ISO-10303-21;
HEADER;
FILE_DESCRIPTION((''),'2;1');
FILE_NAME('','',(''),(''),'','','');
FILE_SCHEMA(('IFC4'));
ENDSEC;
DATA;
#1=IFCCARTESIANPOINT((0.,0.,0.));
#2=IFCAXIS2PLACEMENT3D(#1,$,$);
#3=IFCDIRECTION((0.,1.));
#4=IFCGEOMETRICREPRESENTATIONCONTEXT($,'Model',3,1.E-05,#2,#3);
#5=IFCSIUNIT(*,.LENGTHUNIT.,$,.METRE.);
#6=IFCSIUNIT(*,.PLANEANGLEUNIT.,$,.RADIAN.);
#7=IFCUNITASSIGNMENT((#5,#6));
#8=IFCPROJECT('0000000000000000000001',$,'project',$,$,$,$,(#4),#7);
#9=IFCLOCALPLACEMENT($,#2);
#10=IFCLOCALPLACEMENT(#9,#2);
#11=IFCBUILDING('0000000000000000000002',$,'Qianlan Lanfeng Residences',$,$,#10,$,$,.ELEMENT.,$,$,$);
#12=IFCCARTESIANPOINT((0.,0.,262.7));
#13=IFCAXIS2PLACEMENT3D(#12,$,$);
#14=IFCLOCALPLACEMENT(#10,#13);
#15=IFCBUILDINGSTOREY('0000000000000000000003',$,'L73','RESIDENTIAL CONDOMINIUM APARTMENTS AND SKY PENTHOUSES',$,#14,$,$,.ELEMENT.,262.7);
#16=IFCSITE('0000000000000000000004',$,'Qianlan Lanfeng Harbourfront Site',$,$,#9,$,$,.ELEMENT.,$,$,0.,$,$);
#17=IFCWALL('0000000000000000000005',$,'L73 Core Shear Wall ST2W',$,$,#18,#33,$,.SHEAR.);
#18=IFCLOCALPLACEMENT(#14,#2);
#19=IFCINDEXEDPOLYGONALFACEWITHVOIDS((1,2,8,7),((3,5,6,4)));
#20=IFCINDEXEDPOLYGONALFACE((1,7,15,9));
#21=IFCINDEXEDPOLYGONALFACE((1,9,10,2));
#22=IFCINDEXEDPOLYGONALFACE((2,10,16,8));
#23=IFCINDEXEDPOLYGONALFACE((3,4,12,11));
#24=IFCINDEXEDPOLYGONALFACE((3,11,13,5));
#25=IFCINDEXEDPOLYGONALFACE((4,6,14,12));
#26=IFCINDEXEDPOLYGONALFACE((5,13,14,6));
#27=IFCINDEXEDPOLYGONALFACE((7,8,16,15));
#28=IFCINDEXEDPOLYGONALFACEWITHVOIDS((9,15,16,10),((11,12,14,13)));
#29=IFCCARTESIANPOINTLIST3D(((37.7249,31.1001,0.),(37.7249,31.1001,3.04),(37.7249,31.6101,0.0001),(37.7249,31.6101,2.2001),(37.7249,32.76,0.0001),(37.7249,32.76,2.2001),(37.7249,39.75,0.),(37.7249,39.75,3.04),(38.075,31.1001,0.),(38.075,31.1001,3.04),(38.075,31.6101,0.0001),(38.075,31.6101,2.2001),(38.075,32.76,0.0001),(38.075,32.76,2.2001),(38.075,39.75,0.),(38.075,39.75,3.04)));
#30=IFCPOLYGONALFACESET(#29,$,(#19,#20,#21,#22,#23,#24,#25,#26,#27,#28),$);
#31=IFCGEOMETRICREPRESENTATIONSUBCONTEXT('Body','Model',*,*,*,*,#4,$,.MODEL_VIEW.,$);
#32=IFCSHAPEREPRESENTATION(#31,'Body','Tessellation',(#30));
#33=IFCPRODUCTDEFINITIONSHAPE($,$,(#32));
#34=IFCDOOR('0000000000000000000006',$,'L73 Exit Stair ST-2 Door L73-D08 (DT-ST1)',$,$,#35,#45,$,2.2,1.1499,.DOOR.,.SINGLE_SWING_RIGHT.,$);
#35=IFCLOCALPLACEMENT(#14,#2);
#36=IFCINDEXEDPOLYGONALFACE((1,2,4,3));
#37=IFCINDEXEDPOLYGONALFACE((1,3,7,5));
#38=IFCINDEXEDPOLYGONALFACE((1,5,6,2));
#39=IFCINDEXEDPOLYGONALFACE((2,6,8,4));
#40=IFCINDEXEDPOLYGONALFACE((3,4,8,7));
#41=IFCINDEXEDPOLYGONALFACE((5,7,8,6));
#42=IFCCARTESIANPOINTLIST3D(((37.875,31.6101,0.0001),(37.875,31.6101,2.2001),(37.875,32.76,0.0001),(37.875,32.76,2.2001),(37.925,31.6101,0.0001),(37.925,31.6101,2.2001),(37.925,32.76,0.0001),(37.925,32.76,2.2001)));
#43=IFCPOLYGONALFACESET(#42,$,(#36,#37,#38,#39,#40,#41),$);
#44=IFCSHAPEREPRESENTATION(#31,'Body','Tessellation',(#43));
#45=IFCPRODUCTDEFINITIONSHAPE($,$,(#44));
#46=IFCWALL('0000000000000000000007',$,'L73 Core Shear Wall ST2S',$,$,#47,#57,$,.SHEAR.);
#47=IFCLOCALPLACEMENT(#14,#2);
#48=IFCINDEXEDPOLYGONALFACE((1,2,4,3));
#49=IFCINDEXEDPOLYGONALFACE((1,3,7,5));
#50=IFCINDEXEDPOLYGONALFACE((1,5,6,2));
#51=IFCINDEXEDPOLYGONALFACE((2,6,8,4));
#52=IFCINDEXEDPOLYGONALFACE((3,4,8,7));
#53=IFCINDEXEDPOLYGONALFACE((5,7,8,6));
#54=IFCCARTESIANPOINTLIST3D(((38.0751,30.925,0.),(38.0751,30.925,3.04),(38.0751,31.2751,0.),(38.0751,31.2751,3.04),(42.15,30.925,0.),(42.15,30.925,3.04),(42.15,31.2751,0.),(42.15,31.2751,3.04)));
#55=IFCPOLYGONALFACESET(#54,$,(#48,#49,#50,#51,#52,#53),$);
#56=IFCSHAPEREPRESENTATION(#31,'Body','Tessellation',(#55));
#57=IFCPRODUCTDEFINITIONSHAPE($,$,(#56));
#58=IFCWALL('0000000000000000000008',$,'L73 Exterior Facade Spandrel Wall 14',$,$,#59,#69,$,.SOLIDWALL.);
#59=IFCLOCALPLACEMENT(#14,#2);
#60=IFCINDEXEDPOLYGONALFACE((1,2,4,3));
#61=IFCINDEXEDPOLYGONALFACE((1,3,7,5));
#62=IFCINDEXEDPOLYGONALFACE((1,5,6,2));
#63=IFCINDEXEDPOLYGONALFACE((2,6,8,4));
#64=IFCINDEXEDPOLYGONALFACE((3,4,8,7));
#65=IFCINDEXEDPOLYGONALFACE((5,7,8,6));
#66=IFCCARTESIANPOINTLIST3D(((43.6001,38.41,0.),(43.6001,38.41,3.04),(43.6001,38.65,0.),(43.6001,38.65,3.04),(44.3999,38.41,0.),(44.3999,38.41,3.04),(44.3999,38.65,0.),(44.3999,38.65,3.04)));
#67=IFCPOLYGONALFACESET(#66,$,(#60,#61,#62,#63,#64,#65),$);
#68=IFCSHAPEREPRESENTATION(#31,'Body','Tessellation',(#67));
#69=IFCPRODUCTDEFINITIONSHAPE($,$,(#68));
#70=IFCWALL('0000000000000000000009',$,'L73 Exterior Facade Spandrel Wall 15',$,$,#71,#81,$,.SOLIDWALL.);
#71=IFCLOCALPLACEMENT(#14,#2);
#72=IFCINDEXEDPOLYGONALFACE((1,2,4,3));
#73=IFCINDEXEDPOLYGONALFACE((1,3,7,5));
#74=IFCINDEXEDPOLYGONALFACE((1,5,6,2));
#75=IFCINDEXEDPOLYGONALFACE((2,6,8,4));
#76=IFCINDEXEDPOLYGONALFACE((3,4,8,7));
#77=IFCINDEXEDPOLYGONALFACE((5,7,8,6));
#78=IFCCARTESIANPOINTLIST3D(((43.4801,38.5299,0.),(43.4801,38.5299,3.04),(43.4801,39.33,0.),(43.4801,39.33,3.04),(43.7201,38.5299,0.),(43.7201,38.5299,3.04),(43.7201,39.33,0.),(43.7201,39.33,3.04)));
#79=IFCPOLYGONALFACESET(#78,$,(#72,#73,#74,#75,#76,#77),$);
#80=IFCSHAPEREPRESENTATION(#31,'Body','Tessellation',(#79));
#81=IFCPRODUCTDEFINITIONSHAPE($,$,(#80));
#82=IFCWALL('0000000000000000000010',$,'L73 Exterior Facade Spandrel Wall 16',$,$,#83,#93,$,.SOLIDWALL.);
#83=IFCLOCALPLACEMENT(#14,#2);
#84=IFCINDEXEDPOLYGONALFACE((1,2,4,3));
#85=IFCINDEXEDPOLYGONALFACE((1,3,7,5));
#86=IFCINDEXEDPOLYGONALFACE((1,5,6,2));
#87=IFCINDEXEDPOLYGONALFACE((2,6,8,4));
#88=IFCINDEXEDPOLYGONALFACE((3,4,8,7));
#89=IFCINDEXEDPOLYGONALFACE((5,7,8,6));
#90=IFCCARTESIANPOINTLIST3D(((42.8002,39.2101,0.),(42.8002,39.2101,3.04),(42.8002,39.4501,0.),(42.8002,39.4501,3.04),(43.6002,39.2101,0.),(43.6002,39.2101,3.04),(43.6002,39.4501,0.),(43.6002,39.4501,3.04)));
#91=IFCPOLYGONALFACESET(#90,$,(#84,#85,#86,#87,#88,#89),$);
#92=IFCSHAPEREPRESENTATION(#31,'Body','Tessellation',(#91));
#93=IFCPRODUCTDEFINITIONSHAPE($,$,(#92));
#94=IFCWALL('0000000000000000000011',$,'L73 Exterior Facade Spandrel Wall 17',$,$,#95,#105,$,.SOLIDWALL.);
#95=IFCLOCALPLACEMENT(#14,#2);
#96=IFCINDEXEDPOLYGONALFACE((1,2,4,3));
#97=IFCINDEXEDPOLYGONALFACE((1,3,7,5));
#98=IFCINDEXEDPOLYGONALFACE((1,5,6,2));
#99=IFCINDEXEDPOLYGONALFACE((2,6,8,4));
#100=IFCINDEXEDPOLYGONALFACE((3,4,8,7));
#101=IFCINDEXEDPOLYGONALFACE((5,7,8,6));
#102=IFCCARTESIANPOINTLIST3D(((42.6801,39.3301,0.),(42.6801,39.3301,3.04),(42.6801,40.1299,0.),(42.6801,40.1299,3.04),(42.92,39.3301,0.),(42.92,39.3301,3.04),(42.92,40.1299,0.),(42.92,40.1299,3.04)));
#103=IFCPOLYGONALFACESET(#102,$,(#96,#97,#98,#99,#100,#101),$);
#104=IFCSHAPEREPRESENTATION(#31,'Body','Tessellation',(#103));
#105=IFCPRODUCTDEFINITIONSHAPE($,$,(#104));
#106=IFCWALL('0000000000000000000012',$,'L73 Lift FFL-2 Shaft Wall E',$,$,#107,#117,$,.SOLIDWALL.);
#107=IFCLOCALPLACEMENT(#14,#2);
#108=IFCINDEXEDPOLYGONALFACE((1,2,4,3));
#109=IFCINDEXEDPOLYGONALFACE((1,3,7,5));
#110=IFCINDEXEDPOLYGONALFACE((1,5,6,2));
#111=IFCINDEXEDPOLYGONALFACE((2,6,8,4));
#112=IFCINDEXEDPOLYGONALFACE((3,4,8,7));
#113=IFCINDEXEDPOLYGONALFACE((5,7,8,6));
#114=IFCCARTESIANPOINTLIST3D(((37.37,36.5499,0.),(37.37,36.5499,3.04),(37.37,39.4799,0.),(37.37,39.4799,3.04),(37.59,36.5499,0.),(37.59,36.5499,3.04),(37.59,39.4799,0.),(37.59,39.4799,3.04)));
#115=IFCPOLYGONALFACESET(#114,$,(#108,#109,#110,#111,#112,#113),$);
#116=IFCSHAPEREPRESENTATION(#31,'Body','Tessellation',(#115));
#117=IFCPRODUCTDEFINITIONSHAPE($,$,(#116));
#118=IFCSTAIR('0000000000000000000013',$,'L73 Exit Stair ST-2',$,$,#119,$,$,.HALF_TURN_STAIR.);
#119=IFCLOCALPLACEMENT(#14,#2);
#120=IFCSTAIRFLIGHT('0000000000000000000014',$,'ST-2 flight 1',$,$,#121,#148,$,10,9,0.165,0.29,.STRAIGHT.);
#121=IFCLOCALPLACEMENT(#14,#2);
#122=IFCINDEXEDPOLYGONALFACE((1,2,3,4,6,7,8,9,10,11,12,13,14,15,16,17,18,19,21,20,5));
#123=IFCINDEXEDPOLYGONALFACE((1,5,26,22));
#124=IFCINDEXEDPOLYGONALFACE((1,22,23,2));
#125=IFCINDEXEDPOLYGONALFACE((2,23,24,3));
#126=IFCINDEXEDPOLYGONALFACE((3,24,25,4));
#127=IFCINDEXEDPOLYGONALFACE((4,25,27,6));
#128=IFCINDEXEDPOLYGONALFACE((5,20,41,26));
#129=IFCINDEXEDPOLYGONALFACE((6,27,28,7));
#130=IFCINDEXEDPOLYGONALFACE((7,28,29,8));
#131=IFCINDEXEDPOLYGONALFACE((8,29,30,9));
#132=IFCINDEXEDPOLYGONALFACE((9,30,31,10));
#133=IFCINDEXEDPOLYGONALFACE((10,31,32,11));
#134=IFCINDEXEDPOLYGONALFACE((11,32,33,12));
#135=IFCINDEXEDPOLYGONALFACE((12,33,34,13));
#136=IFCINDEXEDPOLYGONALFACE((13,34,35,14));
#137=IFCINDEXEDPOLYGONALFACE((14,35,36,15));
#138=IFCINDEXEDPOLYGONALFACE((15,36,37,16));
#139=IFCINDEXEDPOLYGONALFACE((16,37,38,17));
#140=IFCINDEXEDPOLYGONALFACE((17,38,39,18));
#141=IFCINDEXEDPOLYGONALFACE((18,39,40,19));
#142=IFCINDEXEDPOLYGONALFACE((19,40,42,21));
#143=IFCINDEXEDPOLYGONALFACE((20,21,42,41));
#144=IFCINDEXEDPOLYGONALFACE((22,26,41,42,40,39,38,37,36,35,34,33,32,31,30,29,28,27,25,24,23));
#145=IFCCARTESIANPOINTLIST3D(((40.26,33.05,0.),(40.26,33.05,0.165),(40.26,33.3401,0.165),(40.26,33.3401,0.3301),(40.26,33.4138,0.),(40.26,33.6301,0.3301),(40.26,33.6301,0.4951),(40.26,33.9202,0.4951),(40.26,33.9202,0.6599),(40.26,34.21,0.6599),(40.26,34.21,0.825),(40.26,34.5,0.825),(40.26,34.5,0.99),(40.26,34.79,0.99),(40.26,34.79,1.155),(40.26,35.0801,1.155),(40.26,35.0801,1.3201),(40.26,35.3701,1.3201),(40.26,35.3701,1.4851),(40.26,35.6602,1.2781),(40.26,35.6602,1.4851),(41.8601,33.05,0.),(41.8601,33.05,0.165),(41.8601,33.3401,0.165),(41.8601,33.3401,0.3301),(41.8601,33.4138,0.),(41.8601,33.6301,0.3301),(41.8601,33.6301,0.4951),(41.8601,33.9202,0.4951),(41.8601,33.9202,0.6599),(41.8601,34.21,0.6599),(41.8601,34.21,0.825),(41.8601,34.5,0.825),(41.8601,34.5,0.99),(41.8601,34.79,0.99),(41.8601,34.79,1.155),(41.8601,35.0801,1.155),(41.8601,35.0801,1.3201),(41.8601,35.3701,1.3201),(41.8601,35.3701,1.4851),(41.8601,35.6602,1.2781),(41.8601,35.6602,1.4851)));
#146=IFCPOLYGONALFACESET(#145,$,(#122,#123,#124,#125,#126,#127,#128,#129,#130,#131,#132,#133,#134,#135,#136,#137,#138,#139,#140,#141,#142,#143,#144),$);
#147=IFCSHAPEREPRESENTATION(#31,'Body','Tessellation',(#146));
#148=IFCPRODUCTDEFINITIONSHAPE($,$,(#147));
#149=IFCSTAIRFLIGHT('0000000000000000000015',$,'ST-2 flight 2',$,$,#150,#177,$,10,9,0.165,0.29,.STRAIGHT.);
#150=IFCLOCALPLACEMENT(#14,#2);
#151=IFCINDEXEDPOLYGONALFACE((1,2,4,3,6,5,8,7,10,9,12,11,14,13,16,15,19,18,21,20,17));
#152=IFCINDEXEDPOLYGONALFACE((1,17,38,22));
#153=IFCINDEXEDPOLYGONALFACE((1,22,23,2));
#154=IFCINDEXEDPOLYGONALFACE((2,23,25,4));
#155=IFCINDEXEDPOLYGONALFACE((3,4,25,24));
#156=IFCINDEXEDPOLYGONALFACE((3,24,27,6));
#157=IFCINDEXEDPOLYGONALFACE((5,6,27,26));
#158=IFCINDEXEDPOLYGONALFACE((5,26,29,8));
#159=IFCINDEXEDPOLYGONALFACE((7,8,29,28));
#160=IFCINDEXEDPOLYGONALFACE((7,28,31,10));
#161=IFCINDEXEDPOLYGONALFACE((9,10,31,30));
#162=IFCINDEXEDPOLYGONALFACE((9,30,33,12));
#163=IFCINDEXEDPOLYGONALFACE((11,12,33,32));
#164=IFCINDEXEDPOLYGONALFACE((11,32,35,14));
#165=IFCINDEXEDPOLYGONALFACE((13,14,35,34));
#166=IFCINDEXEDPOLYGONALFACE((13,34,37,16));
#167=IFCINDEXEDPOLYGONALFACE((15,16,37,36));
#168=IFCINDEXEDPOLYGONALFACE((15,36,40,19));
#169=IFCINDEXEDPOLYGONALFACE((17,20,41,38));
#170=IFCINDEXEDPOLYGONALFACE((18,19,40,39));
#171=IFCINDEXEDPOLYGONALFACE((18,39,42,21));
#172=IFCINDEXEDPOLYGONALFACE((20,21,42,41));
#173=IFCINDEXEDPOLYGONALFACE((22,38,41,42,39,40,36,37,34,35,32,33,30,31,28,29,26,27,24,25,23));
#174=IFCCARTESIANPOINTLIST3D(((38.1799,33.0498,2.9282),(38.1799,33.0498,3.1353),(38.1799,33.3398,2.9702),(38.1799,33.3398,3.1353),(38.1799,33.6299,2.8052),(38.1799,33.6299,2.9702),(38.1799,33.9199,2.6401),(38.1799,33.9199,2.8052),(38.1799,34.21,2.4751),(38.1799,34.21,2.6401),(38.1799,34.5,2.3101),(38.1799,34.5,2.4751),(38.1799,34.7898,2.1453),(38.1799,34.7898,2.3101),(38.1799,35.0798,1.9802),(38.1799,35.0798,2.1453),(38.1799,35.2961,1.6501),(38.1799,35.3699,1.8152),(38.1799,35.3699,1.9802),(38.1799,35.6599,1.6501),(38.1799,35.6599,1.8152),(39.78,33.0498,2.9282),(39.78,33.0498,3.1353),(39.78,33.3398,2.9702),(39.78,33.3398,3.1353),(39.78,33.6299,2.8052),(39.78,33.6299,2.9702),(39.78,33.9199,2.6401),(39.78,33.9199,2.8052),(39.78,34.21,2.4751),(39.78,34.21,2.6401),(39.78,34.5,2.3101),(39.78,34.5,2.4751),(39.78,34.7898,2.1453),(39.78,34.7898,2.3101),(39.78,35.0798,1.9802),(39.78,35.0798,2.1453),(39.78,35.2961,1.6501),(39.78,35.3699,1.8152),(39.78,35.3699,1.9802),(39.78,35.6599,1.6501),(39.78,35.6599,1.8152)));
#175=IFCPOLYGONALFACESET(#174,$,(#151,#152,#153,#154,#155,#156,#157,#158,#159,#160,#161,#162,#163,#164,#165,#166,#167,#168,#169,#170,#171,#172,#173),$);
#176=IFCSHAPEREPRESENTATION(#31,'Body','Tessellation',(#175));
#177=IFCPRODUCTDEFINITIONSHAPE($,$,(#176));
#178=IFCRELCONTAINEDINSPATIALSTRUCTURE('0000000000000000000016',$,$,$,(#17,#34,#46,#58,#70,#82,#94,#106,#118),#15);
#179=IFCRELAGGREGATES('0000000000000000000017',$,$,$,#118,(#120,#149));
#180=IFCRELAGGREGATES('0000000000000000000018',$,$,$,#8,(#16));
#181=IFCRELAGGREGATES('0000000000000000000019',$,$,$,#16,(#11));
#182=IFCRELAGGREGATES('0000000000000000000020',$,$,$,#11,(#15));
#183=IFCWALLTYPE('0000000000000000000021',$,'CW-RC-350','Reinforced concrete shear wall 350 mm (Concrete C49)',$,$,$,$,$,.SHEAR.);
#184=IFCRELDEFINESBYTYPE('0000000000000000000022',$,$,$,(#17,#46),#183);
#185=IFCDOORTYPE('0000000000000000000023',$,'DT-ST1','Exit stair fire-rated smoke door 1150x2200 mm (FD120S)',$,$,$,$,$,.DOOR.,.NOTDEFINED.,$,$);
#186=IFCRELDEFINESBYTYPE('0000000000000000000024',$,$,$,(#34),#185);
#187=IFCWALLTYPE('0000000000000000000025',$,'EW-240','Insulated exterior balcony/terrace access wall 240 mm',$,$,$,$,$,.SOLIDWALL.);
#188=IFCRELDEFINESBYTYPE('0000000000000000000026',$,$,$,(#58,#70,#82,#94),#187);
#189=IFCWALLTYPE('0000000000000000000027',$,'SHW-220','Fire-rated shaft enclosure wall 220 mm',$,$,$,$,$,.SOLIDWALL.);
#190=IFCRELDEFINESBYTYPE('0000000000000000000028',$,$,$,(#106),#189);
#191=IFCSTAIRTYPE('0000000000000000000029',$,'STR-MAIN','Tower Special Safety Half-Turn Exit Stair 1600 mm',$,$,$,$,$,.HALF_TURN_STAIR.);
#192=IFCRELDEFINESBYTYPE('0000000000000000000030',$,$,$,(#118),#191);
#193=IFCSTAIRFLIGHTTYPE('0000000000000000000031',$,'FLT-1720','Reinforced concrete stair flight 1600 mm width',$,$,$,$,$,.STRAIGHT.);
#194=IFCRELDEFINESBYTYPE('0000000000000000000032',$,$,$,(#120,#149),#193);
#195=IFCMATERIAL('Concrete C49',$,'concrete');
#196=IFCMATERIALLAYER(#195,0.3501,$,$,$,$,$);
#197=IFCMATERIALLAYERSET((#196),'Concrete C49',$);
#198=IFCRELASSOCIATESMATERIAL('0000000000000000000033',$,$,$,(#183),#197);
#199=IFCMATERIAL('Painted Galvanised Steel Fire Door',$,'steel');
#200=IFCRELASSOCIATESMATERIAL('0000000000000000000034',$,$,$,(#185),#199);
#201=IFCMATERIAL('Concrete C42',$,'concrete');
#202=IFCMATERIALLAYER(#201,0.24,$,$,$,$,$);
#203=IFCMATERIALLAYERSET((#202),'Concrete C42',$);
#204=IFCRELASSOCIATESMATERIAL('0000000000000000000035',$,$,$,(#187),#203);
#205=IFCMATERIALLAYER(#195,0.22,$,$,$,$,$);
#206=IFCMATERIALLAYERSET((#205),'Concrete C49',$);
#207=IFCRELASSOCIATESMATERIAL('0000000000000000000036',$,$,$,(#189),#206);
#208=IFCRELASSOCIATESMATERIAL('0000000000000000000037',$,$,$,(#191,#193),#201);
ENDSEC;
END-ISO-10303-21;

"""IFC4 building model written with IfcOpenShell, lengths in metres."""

from ifc_helpers import new_model, si_unit, direction, frame, frame_2d, origin, place, context, subcontext, project, spatial, polyline, rectangle, outline, extrude, material, layer, layer_set, type_object, element, fill, aggregate, save


model = new_model("IFC4")

# Units and contexts
model_context = context("Model", 3, precision=1e-05, world=origin(), true_north=direction((0.0, 1.0)))
body_context = subcontext(model_context, "Body", "Model", "MODEL_VIEW")
ifc_project = project(units=[si_unit("LENGTHUNIT", "METRE"), si_unit("PLANEANGLEUNIT", "RADIAN")], contexts=[model_context])

# Site, building, storey
site_placement = place(None, origin())
site = spatial("IfcSite", under=ifc_project, at=site_placement, Name="Qianlan Lanfeng Harbourfront Site", CompositionType="ELEMENT", RefElevation=0.0)
building_placement = place(site_placement, origin())
building = spatial("IfcBuilding", under=site, at=building_placement, Name="Qianlan Lanfeng Residences", CompositionType="ELEMENT")
storey_placement = place(building_placement, frame((0.0, 0.0, 262.7)))
storey = spatial("IfcBuildingStorey", under=building, at=storey_placement, Name="L73", Description="RESIDENTIAL CONDOMINIUM APARTMENTS AND SKY PENTHOUSES", CompositionType="ELEMENT", Elevation=262.7)

# Wall, opening, door
ifc_material_1 = material(Name="Concrete C49", Category="concrete")
ifc_layer_1 = layer(ifc_material_1, 0.3501)
ifc_layer_set_1 = layer_set([ifc_layer_1], Name="Concrete C49")
wall_type_1 = type_object("IfcWallType", Name="CW-RC-350", Description="Reinforced concrete shear wall 350 mm (Concrete C49)", PredefinedType="SHEAR", material=ifc_layer_set_1)
wall_1_placement = place(storey_placement, frame((37.8999, 31.1001, 0.0), z_axis=(0.0, 0.0, 1.0), x_axis=(0.0, 1.0, 0.0)))
wall_1 = element("IfcWall", 1, at=wall_1_placement, inside=storey, type_object=wall_type_1, Name="L73 Core Shear Wall ST2W", PredefinedType="SHEAR", context=body_context, shape_type="SweptSolid", body=[
    extrude(rectangle(XDim=8.6499, YDim=0.3501, at=frame_2d((4.325, 0.0))), origin(), (0.0, 0.0, 1.0), 3.04),
])
opening_placement = place(wall_1_placement, frame((0.51, 0.0, 0.0)))
opening = element("IfcOpeningElement", 2, at=opening_placement, cuts=wall_1, PredefinedType="OPENING", context=body_context, shape_type="SweptSolid", body=[
    extrude(rectangle(XDim=1.1499, YDim=2.2, at=frame_2d((0.575, 1.1001))), frame((0.0, 0.1851, 0.0), z_axis=(0.0, -1.0, 0.0), x_axis=(1.0, 0.0, 0.0)), (0.0, 0.0, 1.0), 0.3701),
])
ifc_material_2 = material(Name="Painted Galvanised Steel Fire Door", Category="steel")
door_type = type_object("IfcDoorType", Name="DT-ST1", Description="Exit stair fire-rated smoke door 1150x2200 mm (FD120S)", OperationType="NOTDEFINED", PredefinedType="DOOR", material=ifc_material_2)
door_placement = place(opening_placement, origin())
door = element("IfcDoor", 3, at=door_placement, inside=storey, type_object=door_type, Name="L73 Exit Stair ST-2 Door L73-D08 (DT-ST1)", OperationType="SINGLE_SWING_RIGHT", OverallHeight=2.2, OverallWidth=1.1499, PredefinedType="DOOR", context=body_context, shape_type="SweptSolid", body=[
    extrude(rectangle(XDim=1.1499, YDim=2.2, at=frame_2d((0.575, 1.1001))), frame((0.0, 0.0249, 0.0), z_axis=(0.0, -1.0, 0.0), x_axis=(1.0, 0.0, 0.0)), (0.0, 0.0, 1.0), 0.05),
])
fill(opening, door)

# Walls
wall_2_placement = place(storey_placement, frame((38.075, 31.1001, 0.0), z_axis=(0.0, 0.0, 1.0), x_axis=(1.0, 0.0, 0.0)))
element("IfcWall", 4, at=wall_2_placement, inside=storey, type_object=wall_type_1, Name="L73 Core Shear Wall ST2S", PredefinedType="SHEAR", context=body_context, shape_type="SweptSolid", body=[
    extrude(rectangle(XDim=4.075, YDim=0.3501, at=frame_2d((2.0376, 0.0))), origin(), (0.0, 0.0, 1.0), 3.04),
])
ifc_material_3 = material(Name="Concrete C42", Category="concrete")
ifc_layer_2 = layer(ifc_material_3, 0.24)
ifc_layer_set_2 = layer_set([ifc_layer_2], Name="Concrete C42")
wall_type_2 = type_object("IfcWallType", Name="EW-240", Description="Insulated exterior balcony/terrace access wall 240 mm", PredefinedType="SOLIDWALL", material=ifc_layer_set_2)
wall_3_placement = place(storey_placement, frame((44.3999, 38.53, 0.0), z_axis=(0.0, 0.0, 1.0), x_axis=(-1.0, 0.0, 0.0)))
element("IfcWall", 5, at=wall_3_placement, inside=storey, type_object=wall_type_2, Name="L73 Exterior Facade Spandrel Wall 14", PredefinedType="SOLIDWALL", context=body_context, shape_type="SweptSolid", body=[
    extrude(rectangle(XDim=0.7998, YDim=0.24, at=frame_2d((0.3999, 0.0))), origin(), (0.0, 0.0, 1.0), 3.04),
])
for number, where, z_axis, x_axis, name in (
    (6, (43.6001, 38.53, 0.0), (0.0, 0.0, 1.0), (0.0, 1.0, 0.0), "L73 Exterior Facade Spandrel Wall 15"),
    (7, (43.6001, 39.3301, 0.0), (0.0, 0.0, 1.0), (-1.0, 0.0, 0.0), "L73 Exterior Facade Spandrel Wall 16"),
):
    element("IfcWall", number, at=place(storey_placement, frame(where, z_axis=z_axis, x_axis=x_axis)), inside=storey, type_object=wall_type_2, Name=name, PredefinedType="SOLIDWALL", context=body_context, shape_type="SweptSolid", body=[
        extrude(rectangle(XDim=0.8, YDim=0.24, at=frame_2d((0.3999, 0.0))), origin(), (0.0, 0.0, 1.0), 3.04),
    ])
wall_4_placement = place(storey_placement, frame((42.8, 39.3301, 0.0), z_axis=(0.0, 0.0, 1.0), x_axis=(0.0, 1.0, 0.0)))
element("IfcWall", 8, at=wall_4_placement, inside=storey, type_object=wall_type_2, Name="L73 Exterior Facade Spandrel Wall 17", PredefinedType="SOLIDWALL", context=body_context, shape_type="SweptSolid", body=[
    extrude(rectangle(XDim=0.7998, YDim=0.24, at=frame_2d((0.3999, 0.0))), origin(), (0.0, 0.0, 1.0), 3.04),
])
ifc_layer_3 = layer(ifc_material_1, 0.22)
ifc_layer_set_3 = layer_set([ifc_layer_3], Name="Concrete C49")
wall_type_3 = type_object("IfcWallType", Name="SHW-220", Description="Fire-rated shaft enclosure wall 220 mm", PredefinedType="SOLIDWALL", material=ifc_layer_set_3)
wall_5_placement = place(storey_placement, frame((37.48, 36.55, 0.0), z_axis=(0.0, 0.0, 1.0), x_axis=(0.0, 1.0, 0.0)))
element("IfcWall", 9, at=wall_5_placement, inside=storey, type_object=wall_type_3, Name="L73 Lift FFL-2 Shaft Wall E", PredefinedType="SOLIDWALL", context=body_context, shape_type="SweptSolid", body=[
    extrude(rectangle(XDim=2.9299, YDim=0.22, at=frame_2d((1.4648, 0.0))), origin(), (0.0, 0.0, 1.0), 3.04),
])

# Stair, stair flights
stair_type = type_object("IfcStairType", Name="STR-MAIN", Description="Tower Special Safety Half-Turn Exit Stair 1600 mm", PredefinedType="HALF_TURN_STAIR", material=ifc_material_3)
stair_placement = place(storey_placement, origin())
stair = element("IfcStair", 10, at=stair_placement, inside=storey, type_object=stair_type, Name="L73 Exit Stair ST-2", PredefinedType="HALF_TURN_STAIR")
stair_flight_type = type_object("IfcStairFlightType", Name="FLT-1720", Description="Reinforced concrete stair flight 1600 mm width", PredefinedType="STRAIGHT", material=ifc_material_3)
stair_flight_1_placement = place(storey_placement, frame((41.0601, 33.05, 0.0), z_axis=(0.0, 0.0, 1.0), x_axis=(0.0, 1.0, 0.0)))
stair_flight_1 = element("IfcStairFlight", 11, at=stair_flight_1_placement, type_object=stair_flight_type, Name="ST-2 flight 1", NumberOfRisers=10, NumberOfTreads=9, PredefinedType="STRAIGHT", RiserHeight=0.165, TreadLength=0.29, context=body_context, shape_type="SweptSolid", body=[
    extrude(outline(polyline([(0.0, 0.0), (0.0, 0.165), (0.29, 0.165), (0.29, 0.3301), (0.5801, 0.3301), (0.5801, 0.4951), (0.8701, 0.4951), (0.8701, 0.6599), (1.1599, 0.6599), (1.1599, 0.825), (1.45, 0.825), (1.45, 0.99), (1.74, 0.99), (1.74, 1.155), (2.03, 1.155), (2.03, 1.3201), (2.3201, 1.3201), (2.3201, 1.4851), (2.6101, 1.4851), (2.6101, 1.6499), (2.6101, 1.2781), (0.3638, 0.0), (0.0, 0.0)])), frame((0.0, 0.8, 0.0), z_axis=(0.0, -1.0, 0.0), x_axis=(1.0, 0.0, 0.0)), (0.0, 0.0, 1.0), 1.6001),
])
stair_flight_2_placement = place(storey_placement, frame((38.98, 35.6599, 1.6501), z_axis=(0.0, 0.0, 1.0), x_axis=(0.0, -1.0, 0.0)))
stair_flight_2 = element("IfcStairFlight", 12, at=stair_flight_2_placement, type_object=stair_flight_type, Name="ST-2 flight 2", NumberOfRisers=10, NumberOfTreads=9, PredefinedType="STRAIGHT", RiserHeight=0.165, TreadLength=0.29, context=body_context, shape_type="SweptSolid", body=[
    extrude(outline(polyline([(0.0, 0.0), (0.0, 0.165), (0.29, 0.165), (0.29, 0.3301), (0.5801, 0.3301), (0.5801, 0.4951), (0.8701, 0.4951), (0.8701, 0.6599), (1.1599, 0.6599), (1.1599, 0.825), (1.45, 0.825), (1.45, 0.99), (1.74, 0.99), (1.74, 1.155), (2.03, 1.155), (2.03, 1.3201), (2.3201, 1.3201), (2.3201, 1.4851), (2.6101, 1.4851), (2.6101, 1.6499), (2.6101, 1.2781), (0.3638, 0.0), (0.0, 0.0)])), frame((0.0, 0.8, 0.0), z_axis=(0.0, -1.0, 0.0), x_axis=(1.0, 0.0, 0.0)), (0.0, 0.0, 1.0), 1.6001),
])
aggregate(stair, [stair_flight_1, stair_flight_2])

save(model, "model.ifc")
